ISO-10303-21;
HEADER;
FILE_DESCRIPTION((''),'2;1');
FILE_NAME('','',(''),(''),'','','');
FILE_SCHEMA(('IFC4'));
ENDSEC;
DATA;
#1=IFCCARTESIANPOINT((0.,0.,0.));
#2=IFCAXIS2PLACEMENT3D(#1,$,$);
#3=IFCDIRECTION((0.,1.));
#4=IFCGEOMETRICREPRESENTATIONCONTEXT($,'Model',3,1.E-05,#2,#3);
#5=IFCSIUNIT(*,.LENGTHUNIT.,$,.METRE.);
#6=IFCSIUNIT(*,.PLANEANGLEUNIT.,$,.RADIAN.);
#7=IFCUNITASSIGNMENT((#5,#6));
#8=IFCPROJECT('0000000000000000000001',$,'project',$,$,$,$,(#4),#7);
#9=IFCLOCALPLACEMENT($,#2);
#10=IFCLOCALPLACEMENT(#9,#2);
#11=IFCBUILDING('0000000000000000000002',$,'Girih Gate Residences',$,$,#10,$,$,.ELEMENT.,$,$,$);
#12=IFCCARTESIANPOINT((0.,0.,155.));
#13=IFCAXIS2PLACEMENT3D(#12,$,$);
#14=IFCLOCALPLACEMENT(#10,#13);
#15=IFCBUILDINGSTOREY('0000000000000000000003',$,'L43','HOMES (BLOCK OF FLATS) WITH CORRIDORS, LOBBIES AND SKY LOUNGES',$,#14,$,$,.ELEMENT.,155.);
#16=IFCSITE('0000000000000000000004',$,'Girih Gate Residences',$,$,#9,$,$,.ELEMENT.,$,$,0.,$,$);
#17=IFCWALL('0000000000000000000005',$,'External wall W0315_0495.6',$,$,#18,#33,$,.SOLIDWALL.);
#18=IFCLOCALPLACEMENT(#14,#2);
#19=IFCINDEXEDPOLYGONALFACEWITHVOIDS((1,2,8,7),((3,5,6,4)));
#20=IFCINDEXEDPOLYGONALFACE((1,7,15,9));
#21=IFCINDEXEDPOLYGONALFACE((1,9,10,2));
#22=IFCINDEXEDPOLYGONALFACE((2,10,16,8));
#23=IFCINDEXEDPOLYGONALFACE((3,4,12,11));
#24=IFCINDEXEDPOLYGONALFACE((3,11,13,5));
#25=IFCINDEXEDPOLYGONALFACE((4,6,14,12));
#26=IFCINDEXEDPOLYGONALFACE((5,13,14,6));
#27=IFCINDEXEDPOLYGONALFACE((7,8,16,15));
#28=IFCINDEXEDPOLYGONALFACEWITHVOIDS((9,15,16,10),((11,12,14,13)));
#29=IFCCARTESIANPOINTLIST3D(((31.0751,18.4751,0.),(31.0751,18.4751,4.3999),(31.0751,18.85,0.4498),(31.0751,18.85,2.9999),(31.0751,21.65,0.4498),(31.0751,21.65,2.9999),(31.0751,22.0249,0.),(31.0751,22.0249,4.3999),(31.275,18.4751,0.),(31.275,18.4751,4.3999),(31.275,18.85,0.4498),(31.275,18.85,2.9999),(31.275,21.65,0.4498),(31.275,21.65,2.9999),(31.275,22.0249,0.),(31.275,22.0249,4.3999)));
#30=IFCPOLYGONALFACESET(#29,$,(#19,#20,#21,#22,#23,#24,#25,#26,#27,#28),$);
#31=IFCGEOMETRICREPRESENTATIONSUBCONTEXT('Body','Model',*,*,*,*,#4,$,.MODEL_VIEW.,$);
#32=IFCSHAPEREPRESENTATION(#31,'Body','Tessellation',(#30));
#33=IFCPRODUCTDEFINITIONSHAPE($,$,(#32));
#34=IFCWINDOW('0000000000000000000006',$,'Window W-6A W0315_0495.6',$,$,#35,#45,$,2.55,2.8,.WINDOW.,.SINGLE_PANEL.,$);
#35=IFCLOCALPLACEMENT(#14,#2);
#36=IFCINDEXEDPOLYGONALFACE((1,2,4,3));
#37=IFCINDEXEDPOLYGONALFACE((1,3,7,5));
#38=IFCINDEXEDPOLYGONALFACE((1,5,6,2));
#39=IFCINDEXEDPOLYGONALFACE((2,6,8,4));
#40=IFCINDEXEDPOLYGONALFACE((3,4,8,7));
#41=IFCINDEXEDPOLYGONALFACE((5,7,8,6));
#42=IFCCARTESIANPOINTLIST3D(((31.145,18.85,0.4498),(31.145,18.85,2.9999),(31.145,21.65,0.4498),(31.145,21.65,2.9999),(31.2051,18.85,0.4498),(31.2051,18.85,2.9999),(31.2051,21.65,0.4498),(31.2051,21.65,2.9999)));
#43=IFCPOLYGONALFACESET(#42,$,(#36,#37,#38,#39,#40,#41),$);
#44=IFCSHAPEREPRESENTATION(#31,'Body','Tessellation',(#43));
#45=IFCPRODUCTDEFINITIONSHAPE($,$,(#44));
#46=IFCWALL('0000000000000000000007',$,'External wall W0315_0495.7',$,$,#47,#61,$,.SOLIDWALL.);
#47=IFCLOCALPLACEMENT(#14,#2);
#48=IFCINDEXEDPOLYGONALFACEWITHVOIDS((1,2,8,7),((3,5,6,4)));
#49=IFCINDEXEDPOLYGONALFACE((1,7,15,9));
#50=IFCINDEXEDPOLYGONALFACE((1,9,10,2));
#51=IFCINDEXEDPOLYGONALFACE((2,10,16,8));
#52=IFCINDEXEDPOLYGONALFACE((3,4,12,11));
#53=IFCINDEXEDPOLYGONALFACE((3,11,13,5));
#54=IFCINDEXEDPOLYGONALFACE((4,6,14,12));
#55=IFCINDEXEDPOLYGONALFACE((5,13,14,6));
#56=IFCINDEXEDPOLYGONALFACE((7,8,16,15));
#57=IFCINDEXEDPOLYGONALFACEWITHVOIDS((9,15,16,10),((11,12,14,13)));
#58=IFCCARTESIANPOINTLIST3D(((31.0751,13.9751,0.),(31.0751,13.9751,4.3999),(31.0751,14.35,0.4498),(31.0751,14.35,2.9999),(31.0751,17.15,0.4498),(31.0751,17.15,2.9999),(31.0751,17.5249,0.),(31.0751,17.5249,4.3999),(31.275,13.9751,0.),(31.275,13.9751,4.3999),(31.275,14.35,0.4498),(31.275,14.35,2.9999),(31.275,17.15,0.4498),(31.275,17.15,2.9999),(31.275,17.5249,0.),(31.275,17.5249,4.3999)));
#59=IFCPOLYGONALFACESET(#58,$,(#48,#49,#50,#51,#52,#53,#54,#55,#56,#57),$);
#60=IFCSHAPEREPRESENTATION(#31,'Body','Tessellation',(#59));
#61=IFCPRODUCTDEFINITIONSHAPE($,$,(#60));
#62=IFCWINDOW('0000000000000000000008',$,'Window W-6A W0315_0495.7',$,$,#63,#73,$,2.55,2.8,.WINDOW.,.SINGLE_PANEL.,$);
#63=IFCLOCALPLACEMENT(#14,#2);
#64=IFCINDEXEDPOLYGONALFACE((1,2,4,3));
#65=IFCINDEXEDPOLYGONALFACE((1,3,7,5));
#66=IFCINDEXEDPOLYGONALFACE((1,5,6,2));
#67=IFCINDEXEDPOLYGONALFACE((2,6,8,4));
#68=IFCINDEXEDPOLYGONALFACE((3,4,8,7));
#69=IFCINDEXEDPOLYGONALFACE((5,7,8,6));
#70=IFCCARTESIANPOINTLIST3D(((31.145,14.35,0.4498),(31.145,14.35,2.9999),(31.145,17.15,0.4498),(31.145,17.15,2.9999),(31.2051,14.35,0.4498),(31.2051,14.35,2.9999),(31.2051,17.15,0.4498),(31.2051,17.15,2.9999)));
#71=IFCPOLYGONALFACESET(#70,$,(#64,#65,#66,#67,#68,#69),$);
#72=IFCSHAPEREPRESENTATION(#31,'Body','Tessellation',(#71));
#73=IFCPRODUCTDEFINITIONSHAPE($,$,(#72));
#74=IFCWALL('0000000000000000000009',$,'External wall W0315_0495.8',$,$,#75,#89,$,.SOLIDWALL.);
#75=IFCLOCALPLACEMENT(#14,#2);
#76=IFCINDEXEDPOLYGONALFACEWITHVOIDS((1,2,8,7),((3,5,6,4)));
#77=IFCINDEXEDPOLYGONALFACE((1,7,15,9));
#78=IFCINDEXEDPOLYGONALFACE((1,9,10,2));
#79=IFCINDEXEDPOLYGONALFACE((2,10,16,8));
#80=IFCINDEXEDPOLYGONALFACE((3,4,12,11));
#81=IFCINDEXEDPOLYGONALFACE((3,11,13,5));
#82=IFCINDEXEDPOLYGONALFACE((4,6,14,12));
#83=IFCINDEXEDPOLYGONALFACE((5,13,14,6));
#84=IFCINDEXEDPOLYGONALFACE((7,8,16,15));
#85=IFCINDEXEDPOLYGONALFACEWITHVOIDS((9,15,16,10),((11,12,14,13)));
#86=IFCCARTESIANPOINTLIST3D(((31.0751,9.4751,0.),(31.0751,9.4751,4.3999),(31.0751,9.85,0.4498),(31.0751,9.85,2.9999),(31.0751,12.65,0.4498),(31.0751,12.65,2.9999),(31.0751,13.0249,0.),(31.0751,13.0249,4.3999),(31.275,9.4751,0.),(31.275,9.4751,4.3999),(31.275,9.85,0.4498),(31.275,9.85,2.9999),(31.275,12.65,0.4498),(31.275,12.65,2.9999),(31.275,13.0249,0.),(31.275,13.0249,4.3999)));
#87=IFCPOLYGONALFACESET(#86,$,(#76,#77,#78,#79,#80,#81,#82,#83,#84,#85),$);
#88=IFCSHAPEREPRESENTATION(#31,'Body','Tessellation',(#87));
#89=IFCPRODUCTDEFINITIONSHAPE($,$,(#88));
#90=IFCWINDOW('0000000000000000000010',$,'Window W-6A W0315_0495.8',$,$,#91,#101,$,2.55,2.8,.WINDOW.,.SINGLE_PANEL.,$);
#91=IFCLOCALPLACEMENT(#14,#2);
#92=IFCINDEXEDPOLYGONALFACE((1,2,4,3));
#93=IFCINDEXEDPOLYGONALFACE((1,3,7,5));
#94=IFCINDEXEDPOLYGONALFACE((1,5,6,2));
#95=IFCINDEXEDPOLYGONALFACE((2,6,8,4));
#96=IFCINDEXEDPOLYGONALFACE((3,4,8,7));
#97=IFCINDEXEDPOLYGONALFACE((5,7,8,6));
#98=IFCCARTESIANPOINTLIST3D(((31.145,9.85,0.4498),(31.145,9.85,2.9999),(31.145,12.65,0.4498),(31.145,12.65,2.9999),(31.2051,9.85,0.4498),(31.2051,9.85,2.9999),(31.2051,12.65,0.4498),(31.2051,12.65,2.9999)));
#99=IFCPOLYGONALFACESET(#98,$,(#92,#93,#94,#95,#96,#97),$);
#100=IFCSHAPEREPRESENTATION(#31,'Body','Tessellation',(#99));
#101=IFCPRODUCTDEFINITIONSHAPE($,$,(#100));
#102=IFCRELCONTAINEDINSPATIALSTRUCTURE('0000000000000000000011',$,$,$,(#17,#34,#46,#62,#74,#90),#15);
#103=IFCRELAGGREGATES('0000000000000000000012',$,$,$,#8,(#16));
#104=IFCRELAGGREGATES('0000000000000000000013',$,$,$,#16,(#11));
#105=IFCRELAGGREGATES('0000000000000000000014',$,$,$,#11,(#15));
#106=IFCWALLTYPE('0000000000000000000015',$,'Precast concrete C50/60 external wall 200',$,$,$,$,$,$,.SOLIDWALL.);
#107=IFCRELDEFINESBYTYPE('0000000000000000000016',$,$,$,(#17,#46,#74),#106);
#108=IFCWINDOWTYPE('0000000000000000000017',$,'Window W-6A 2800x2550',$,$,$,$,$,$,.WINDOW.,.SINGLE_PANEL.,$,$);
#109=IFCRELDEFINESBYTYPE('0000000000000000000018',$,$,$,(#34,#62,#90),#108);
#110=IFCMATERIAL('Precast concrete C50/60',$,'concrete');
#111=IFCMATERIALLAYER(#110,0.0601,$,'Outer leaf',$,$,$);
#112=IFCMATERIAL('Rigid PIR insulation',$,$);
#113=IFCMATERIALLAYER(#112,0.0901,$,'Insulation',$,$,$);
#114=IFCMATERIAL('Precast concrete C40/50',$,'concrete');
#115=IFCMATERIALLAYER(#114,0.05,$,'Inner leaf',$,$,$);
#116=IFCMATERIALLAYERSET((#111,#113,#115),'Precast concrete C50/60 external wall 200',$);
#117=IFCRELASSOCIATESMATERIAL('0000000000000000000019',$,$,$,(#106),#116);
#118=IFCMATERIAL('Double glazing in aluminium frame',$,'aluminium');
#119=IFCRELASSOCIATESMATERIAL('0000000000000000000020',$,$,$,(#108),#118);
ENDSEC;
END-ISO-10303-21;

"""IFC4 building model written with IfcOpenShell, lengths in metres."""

from ifc_helpers import new_model, si_unit, direction, frame, frame_2d, origin, place, context, subcontext, project, spatial, rectangle, extrude, material, layer, layer_set, type_object, element, fill, save


model = new_model("IFC4")

# Units and contexts
model_context = context("Model", 3, precision=1e-05, world=origin(), true_north=direction((0.0, 1.0)))
body_context = subcontext(model_context, "Body", "Model", "MODEL_VIEW")
ifc_project = project(units=[si_unit("LENGTHUNIT", "METRE"), si_unit("PLANEANGLEUNIT", "RADIAN")], contexts=[model_context])

# Site, building, storey
site_placement = place(None, origin())
site = spatial("IfcSite", under=ifc_project, at=site_placement, Name="Girih Gate Residences", CompositionType="ELEMENT", RefElevation=0.0)
building_placement = place(site_placement, origin())
building = spatial("IfcBuilding", under=site, at=building_placement, Name="Girih Gate Residences", CompositionType="ELEMENT")
storey_placement = place(building_placement, frame((0.0, 0.0, 155.0)))
storey = spatial("IfcBuildingStorey", under=building, at=storey_placement, Name="L43", Description="HOMES (BLOCK OF FLATS) WITH CORRIDORS, LOBBIES AND SKY LOUNGES", CompositionType="ELEMENT", Elevation=155.0)

# Walls, openings, windows
ifc_material_1 = material(Name="Precast concrete C50/60", Category="concrete")
ifc_layer_1 = layer(ifc_material_1, 0.0601, Name="Outer leaf")
ifc_material_2 = material(Name="Rigid PIR insulation")
ifc_layer_2 = layer(ifc_material_2, 0.0901, Name="Insulation")
ifc_material_3 = material(Name="Precast concrete C40/50", Category="concrete")
ifc_layer_3 = layer(ifc_material_3, 0.05, Name="Inner leaf")
ifc_layer_set_1 = layer_set([ifc_layer_1, ifc_layer_2, ifc_layer_3], Name="Precast concrete C50/60 external wall 200")
wall_type_1 = type_object("IfcWallType", Name="Precast concrete C50/60 external wall 200", PredefinedType="SOLIDWALL", material=ifc_layer_set_1)
ifc_material_4 = material(Name="Double glazing in aluminium frame", Category="aluminium")
window_type = type_object("IfcWindowType", Name="Window W-6A 2800x2550", PartitioningType="SINGLE_PANEL", PredefinedType="WINDOW", material=ifc_material_4)
wall_1_placement = place(storey_placement, frame((31.175, 18.4751, 0.0), z_axis=(0.0, 0.0, 1.0), x_axis=(0.0, 1.0, 0.0)))
wall_1 = element("IfcWall", 1, at=wall_1_placement, inside=storey, type_object=wall_type_1, Name="External wall W0315_0495.6", PredefinedType="SOLIDWALL", context=body_context, shape_type="SweptSolid", body=[
    extrude(rectangle(XDim=3.5498, YDim=0.2, at=frame_2d((1.7749, 0.0))), origin(), (0.0, 0.0, 1.0), 4.3999),
])
opening_1_placement = place(wall_1_placement, frame((0.375, 0.0, 0.45)))
opening_1 = element("IfcOpeningElement", 2, at=opening_1_placement, cuts=wall_1, PredefinedType="OPENING", context=body_context, shape_type="SweptSolid", body=[
    extrude(rectangle(XDim=2.8, YDim=2.55, at=frame_2d((1.3999, 1.2749))), frame((0.0, 0.1099, 0.0), z_axis=(0.0, -1.0, 0.0), x_axis=(1.0, 0.0, 0.0)), (0.0, 0.0, 1.0), 0.22),
])
window_1_placement = place(opening_1_placement, origin())
window_1 = element("IfcWindow", 3, at=window_1_placement, inside=storey, type_object=window_type, Name="Window W-6A W0315_0495.6", OverallHeight=2.55, OverallWidth=2.8, PartitioningType="SINGLE_PANEL", PredefinedType="WINDOW", context=body_context, shape_type="SweptSolid", body=[
    extrude(rectangle(XDim=2.8, YDim=2.55, at=frame_2d((1.3999, 1.2749))), frame((0.0, 0.03, 0.0), z_axis=(0.0, -1.0, 0.0), x_axis=(1.0, 0.0, 0.0)), (0.0, 0.0, 1.0), 0.0601),
])
fill(opening_1, window_1)
wall_2_placement = place(storey_placement, frame((31.175, 13.9751, 0.0), z_axis=(0.0, 0.0, 1.0), x_axis=(0.0, 1.0, 0.0)))
wall_2 = element("IfcWall", 4, at=wall_2_placement, inside=storey, type_object=wall_type_1, Name="External wall W0315_0495.7", PredefinedType="SOLIDWALL", context=body_context, shape_type="SweptSolid", body=[
    extrude(rectangle(XDim=3.5498, YDim=0.2, at=frame_2d((1.7749, 0.0))), origin(), (0.0, 0.0, 1.0), 4.3999),
])
opening_2_placement = place(wall_2_placement, frame((0.375, 0.0, 0.45)))
opening_2 = element("IfcOpeningElement", 5, at=opening_2_placement, cuts=wall_2, PredefinedType="OPENING", context=body_context, shape_type="SweptSolid", body=[
    extrude(rectangle(XDim=2.8, YDim=2.55, at=frame_2d((1.3999, 1.2749))), frame((0.0, 0.1099, 0.0), z_axis=(0.0, -1.0, 0.0), x_axis=(1.0, 0.0, 0.0)), (0.0, 0.0, 1.0), 0.22),
])
window_2_placement = place(opening_2_placement, origin())
window_2 = element("IfcWindow", 6, at=window_2_placement, inside=storey, type_object=window_type, Name="Window W-6A W0315_0495.7", OverallHeight=2.55, OverallWidth=2.8, PartitioningType="SINGLE_PANEL", PredefinedType="WINDOW", context=body_context, shape_type="SweptSolid", body=[
    extrude(rectangle(XDim=2.8, YDim=2.55, at=frame_2d((1.3999, 1.2749))), frame((0.0, 0.03, 0.0), z_axis=(0.0, -1.0, 0.0), x_axis=(1.0, 0.0, 0.0)), (0.0, 0.0, 1.0), 0.0601),
])
fill(opening_2, window_2)
wall_3_placement = place(storey_placement, frame((31.175, 9.4751, 0.0), z_axis=(0.0, 0.0, 1.0), x_axis=(0.0, 1.0, 0.0)))
wall_3 = element("IfcWall", 7, at=wall_3_placement, inside=storey, type_object=wall_type_1, Name="External wall W0315_0495.8", PredefinedType="SOLIDWALL", context=body_context, shape_type="SweptSolid", body=[
    extrude(rectangle(XDim=3.5498, YDim=0.2, at=frame_2d((1.7749, 0.0))), origin(), (0.0, 0.0, 1.0), 4.3999),
])
opening_3_placement = place(wall_3_placement, frame((0.375, 0.0, 0.45)))
opening_3 = element("IfcOpeningElement", 8, at=opening_3_placement, cuts=wall_3, PredefinedType="OPENING", context=body_context, shape_type="SweptSolid", body=[
    extrude(rectangle(XDim=2.8, YDim=2.55, at=frame_2d((1.3999, 1.2749))), frame((0.0, 0.1099, 0.0), z_axis=(0.0, -1.0, 0.0), x_axis=(1.0, 0.0, 0.0)), (0.0, 0.0, 1.0), 0.22),
])
window_3_placement = place(opening_3_placement, origin())
window_3 = element("IfcWindow", 9, at=window_3_placement, inside=storey, type_object=window_type, Name="Window W-6A W0315_0495.8", OverallHeight=2.55, OverallWidth=2.8, PartitioningType="SINGLE_PANEL", PredefinedType="WINDOW", context=body_context, shape_type="SweptSolid", body=[
    extrude(rectangle(XDim=2.8, YDim=2.55, at=frame_2d((1.3999, 1.2749))), frame((0.0, 0.03, 0.0), z_axis=(0.0, -1.0, 0.0), x_axis=(1.0, 0.0, 0.0)), (0.0, 0.0, 1.0), 0.0601),
])
fill(opening_3, window_3)

save(model, "model.ifc")
